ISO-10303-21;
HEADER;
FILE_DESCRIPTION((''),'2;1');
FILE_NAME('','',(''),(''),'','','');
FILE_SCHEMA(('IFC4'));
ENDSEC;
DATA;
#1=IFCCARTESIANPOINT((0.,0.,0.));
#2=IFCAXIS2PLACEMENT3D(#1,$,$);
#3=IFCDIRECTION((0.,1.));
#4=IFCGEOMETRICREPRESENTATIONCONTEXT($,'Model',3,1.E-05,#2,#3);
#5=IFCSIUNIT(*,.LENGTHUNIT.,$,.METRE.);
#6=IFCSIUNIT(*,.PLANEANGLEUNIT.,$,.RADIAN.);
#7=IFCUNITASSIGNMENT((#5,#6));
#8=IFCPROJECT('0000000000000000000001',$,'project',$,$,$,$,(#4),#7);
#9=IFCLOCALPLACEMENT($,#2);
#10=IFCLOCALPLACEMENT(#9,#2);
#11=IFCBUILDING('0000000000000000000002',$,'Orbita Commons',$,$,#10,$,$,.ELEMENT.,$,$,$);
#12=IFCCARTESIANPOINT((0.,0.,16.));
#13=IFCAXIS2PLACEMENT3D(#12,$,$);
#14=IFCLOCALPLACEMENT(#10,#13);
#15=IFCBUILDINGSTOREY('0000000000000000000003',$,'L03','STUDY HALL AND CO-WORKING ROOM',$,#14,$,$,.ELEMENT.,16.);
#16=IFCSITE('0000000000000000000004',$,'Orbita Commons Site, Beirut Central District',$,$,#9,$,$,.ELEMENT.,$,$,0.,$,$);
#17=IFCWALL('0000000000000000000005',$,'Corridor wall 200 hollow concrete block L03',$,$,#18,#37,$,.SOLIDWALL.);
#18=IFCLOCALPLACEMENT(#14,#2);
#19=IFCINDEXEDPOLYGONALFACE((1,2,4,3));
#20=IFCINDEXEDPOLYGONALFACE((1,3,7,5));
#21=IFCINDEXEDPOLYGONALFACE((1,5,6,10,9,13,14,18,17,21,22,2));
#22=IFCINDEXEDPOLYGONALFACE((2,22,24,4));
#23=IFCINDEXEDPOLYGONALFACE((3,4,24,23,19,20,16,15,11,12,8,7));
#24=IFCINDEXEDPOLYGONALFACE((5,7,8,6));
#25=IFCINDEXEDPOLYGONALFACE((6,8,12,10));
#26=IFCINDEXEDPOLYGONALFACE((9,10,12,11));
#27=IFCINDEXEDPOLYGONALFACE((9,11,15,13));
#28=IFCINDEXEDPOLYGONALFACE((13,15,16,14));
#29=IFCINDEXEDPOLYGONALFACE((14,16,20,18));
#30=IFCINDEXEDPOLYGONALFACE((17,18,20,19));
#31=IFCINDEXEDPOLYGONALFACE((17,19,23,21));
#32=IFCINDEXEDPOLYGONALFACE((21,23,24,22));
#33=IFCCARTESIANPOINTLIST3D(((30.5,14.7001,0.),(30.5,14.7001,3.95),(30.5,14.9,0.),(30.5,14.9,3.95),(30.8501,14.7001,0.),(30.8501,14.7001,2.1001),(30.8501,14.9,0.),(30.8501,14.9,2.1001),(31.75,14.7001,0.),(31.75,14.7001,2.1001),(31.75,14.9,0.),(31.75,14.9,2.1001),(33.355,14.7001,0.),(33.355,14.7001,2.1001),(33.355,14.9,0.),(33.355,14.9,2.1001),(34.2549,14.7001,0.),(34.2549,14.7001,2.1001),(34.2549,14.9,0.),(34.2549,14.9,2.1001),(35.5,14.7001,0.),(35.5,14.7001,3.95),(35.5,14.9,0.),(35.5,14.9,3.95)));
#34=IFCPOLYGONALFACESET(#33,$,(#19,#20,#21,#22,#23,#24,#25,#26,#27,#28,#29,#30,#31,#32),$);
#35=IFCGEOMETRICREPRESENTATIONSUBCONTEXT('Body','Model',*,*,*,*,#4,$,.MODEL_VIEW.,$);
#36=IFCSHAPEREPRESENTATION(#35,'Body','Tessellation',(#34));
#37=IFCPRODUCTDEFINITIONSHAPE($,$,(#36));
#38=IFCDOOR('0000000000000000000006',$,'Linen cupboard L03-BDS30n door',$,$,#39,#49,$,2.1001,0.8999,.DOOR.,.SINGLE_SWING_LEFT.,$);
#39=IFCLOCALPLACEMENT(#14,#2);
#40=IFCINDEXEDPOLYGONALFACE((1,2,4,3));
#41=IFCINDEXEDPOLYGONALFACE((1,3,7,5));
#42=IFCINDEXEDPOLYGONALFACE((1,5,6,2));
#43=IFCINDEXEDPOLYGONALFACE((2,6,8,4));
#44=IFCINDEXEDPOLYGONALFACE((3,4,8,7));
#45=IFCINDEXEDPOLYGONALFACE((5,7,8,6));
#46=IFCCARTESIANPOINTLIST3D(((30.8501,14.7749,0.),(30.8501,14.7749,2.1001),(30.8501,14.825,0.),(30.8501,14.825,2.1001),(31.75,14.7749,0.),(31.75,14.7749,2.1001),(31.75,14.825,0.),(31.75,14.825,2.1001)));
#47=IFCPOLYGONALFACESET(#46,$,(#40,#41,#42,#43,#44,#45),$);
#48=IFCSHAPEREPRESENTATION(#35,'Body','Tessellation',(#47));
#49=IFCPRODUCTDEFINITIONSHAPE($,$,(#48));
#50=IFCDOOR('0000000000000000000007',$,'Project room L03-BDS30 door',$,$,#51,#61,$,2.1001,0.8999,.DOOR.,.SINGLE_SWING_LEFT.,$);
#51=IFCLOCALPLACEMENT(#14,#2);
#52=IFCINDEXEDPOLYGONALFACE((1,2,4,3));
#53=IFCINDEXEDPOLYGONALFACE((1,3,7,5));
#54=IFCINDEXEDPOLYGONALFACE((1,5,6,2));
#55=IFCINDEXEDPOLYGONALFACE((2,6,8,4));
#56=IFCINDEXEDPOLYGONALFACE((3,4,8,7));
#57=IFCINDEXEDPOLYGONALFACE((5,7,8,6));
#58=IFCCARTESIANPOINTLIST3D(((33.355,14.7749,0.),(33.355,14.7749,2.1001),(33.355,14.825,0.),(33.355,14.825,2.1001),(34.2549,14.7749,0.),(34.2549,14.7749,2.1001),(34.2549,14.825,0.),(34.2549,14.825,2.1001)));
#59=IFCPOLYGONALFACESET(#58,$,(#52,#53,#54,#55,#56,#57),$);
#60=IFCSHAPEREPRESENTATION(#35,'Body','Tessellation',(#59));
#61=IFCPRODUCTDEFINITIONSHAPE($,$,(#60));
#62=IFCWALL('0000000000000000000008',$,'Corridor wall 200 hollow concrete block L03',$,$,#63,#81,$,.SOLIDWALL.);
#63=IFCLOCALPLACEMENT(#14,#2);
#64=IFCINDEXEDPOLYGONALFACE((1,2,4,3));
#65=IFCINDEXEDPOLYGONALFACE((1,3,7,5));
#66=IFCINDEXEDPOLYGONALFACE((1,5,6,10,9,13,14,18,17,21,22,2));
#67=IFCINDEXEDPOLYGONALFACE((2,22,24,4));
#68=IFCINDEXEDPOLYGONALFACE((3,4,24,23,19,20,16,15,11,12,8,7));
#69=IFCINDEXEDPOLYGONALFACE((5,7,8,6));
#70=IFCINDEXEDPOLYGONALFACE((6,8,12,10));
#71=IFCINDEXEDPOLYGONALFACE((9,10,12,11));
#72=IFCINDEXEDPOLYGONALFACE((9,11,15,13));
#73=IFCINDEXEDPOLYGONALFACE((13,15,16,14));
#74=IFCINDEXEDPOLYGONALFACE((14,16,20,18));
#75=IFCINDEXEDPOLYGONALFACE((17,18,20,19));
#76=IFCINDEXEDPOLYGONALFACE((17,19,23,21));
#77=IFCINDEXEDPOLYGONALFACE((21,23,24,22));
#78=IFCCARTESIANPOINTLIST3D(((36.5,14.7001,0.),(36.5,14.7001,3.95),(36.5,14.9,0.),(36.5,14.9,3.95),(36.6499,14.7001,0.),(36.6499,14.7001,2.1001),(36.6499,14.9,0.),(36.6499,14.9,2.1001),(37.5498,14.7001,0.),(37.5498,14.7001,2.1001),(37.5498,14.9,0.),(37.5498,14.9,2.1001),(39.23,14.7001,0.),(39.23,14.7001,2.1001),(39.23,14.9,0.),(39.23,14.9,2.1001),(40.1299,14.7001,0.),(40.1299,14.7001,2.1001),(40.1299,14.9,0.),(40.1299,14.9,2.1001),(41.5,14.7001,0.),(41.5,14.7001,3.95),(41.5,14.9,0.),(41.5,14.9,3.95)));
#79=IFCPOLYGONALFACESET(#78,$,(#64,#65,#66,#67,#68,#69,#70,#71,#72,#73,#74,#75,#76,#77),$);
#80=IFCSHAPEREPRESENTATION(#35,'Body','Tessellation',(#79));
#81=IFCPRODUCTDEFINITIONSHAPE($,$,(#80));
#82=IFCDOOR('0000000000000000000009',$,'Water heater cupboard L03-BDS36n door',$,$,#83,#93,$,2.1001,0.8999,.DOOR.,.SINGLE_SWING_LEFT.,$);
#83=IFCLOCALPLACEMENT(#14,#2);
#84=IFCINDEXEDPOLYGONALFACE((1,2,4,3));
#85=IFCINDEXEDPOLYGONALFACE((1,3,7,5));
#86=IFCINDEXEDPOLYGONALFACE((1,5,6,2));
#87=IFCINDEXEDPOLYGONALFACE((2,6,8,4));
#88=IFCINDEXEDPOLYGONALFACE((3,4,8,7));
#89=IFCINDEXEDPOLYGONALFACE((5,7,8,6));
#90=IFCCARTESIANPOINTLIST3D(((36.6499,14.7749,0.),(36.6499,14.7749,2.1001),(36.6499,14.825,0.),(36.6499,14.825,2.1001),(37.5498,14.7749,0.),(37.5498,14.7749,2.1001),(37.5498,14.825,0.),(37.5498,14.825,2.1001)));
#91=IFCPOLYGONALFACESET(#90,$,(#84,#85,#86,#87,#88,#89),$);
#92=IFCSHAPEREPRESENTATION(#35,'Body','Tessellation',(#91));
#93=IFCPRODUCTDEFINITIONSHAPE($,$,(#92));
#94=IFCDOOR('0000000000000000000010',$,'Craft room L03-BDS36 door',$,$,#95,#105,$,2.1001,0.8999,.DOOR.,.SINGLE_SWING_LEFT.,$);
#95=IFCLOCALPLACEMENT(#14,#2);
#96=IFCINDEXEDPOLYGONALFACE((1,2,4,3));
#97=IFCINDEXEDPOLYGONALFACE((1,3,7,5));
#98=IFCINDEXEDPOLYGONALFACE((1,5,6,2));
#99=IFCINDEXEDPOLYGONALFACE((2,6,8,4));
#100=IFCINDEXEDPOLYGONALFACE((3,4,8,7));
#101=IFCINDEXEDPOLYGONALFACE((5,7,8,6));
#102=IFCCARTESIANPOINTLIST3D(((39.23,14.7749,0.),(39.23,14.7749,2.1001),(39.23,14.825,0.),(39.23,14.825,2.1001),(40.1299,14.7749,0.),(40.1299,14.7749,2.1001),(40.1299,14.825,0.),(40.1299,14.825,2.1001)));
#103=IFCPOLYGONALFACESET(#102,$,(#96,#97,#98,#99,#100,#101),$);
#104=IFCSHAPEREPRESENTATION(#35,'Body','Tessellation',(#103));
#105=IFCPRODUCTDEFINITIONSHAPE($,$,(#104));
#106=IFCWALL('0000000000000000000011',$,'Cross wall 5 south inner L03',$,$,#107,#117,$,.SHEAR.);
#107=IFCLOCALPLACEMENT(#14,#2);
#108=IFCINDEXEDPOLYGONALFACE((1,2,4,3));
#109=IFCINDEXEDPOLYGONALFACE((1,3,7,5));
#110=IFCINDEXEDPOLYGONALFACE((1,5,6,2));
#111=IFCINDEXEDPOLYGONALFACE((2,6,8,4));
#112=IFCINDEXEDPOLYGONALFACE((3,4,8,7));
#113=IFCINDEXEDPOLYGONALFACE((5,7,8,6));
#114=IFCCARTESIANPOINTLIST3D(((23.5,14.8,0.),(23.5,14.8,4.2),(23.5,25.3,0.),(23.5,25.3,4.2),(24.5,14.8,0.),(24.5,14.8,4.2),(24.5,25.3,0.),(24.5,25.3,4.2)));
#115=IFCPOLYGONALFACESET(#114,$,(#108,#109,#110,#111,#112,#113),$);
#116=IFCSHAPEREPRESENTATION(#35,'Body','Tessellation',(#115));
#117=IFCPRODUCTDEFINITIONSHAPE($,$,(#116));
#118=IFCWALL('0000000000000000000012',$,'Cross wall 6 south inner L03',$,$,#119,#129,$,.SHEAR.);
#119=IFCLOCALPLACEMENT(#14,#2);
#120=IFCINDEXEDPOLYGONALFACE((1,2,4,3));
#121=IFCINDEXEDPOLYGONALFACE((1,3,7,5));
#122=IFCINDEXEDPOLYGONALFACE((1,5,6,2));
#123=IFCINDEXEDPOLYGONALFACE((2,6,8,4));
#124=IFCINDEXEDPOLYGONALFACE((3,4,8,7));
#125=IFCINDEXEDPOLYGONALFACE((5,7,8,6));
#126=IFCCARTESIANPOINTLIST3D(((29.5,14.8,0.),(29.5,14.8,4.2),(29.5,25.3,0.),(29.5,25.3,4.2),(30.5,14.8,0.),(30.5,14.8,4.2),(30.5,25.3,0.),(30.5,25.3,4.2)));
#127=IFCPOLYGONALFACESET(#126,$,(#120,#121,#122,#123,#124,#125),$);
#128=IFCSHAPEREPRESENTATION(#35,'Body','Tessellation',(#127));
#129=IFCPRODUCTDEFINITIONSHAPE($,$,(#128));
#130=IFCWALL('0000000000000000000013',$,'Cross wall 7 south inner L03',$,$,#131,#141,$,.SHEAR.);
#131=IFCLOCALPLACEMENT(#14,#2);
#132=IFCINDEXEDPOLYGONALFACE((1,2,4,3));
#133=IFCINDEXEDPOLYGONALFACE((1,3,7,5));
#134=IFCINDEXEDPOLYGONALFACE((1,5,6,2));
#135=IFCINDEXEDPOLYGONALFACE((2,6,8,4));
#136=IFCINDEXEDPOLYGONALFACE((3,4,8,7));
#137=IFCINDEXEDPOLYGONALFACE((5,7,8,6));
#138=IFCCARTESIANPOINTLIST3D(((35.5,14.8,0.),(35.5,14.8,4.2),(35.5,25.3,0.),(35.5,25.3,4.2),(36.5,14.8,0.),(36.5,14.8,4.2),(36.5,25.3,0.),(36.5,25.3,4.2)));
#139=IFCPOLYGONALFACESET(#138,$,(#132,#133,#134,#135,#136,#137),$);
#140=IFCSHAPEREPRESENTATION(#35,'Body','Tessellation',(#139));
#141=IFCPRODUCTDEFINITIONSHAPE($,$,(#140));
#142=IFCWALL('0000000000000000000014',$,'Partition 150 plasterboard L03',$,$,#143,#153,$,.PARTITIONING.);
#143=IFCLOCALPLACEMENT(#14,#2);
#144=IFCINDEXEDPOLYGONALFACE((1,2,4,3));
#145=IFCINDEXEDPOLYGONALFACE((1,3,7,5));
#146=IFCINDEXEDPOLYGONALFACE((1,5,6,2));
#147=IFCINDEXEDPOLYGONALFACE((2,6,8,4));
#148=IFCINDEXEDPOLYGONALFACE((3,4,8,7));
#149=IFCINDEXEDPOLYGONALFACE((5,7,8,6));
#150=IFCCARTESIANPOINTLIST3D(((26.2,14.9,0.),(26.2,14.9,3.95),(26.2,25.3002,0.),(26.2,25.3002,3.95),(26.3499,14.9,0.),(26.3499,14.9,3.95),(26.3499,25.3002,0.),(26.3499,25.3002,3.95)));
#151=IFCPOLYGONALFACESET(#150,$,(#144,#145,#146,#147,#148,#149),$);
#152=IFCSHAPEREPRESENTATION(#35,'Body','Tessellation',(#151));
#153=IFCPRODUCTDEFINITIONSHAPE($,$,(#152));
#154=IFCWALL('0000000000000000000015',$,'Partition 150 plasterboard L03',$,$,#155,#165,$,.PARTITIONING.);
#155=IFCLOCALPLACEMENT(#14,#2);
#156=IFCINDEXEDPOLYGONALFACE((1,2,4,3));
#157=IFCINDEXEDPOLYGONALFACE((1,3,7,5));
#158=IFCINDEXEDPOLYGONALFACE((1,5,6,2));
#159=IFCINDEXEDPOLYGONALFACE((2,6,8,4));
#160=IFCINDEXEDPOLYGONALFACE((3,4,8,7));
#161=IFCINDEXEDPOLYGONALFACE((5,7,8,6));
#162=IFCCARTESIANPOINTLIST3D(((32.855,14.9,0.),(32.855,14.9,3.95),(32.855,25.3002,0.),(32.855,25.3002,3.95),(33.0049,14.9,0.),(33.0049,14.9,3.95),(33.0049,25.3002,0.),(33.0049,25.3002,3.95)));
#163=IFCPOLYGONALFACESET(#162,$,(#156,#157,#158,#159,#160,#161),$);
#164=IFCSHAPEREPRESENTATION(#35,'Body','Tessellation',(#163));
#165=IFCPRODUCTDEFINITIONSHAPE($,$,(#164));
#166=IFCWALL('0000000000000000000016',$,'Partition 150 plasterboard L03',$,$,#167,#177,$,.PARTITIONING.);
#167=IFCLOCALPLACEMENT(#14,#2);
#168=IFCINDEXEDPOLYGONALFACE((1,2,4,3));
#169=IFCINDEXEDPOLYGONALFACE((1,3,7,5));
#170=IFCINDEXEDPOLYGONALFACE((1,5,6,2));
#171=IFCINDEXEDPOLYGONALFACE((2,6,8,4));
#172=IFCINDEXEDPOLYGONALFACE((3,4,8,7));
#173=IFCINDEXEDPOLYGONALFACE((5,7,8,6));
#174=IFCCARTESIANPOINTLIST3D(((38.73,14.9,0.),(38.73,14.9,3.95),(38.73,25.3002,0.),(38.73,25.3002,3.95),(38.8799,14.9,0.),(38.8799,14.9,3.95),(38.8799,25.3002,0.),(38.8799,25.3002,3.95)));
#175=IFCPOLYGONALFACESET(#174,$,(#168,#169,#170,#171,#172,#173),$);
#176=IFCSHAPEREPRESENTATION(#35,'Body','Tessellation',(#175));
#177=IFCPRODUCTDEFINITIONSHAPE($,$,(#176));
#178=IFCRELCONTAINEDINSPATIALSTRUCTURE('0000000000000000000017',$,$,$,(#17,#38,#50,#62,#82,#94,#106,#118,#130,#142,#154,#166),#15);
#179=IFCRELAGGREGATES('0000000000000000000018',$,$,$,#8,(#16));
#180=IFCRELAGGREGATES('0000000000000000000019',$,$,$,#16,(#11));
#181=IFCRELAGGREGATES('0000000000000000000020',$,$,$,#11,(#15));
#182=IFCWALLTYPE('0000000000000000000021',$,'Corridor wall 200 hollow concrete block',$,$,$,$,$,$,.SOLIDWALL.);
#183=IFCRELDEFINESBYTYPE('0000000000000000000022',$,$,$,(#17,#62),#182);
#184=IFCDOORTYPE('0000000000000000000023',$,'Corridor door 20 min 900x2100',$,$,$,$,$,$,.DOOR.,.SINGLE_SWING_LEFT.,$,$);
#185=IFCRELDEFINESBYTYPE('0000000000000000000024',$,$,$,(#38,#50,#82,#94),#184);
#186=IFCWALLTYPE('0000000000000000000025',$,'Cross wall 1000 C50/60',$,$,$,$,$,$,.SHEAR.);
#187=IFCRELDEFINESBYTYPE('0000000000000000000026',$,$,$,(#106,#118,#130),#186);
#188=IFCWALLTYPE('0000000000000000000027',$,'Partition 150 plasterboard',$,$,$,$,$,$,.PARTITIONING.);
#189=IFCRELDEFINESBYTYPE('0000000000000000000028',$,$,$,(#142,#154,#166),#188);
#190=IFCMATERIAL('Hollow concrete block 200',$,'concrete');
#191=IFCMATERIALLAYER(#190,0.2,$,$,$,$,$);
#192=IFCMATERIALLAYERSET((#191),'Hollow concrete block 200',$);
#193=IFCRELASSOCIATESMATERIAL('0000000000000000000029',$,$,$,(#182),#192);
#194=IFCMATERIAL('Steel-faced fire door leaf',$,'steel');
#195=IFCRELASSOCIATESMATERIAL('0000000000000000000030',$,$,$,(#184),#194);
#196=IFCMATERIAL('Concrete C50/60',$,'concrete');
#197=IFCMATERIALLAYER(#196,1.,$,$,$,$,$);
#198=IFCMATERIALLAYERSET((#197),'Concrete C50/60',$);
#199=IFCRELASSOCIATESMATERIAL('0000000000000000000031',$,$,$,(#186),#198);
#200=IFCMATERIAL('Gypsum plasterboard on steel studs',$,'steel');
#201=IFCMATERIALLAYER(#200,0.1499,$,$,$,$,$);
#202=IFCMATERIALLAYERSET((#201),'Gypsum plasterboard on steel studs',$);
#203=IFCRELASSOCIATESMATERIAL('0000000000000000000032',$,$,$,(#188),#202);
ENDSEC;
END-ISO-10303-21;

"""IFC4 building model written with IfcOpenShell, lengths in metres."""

from ifc_helpers import new_model, si_unit, direction, frame, frame_2d, origin, place, context, subcontext, project, spatial, rectangle, extrude, material, layer, layer_set, type_object, element, fill, save


model = new_model("IFC4")

# Units and contexts
model_context = context("Model", 3, precision=1e-05, world=origin(), true_north=direction((0.0, 1.0)))
body_context = subcontext(model_context, "Body", "Model", "MODEL_VIEW")
ifc_project = project(units=[si_unit("LENGTHUNIT", "METRE"), si_unit("PLANEANGLEUNIT", "RADIAN")], contexts=[model_context])

# Site, building, storey
site_placement = place(None, origin())
site = spatial("IfcSite", under=ifc_project, at=site_placement, Name="Orbita Commons Site, Beirut Central District", CompositionType="ELEMENT", RefElevation=0.0)
building_placement = place(site_placement, origin())
building = spatial("IfcBuilding", under=site, at=building_placement, Name="Orbita Commons", CompositionType="ELEMENT")
storey_placement = place(building_placement, frame((0.0, 0.0, 16.0)))
storey = spatial("IfcBuildingStorey", under=building, at=storey_placement, Name="L03", Description="STUDY HALL AND CO-WORKING ROOM", CompositionType="ELEMENT", Elevation=16.0)

# Walls, openings, doors
ifc_material_1 = material(Name="Hollow concrete block 200", Category="concrete")
ifc_layer_1 = layer(ifc_material_1, 0.2)
ifc_layer_set_1 = layer_set([ifc_layer_1], Name="Hollow concrete block 200")
wall_type_1 = type_object("IfcWallType", Name="Corridor wall 200 hollow concrete block", PredefinedType="SOLIDWALL", material=ifc_layer_set_1)
ifc_material_2 = material(Name="Steel-faced fire door leaf", Category="steel")
door_type_1 = type_object("IfcDoorType", Name="Corridor door 20 min 900x2100", OperationType="SINGLE_SWING_LEFT", PredefinedType="DOOR", material=ifc_material_2)
wall_1_placement = place(storey_placement, frame((30.5, 14.8, 0.0), z_axis=(0.0, 0.0, 1.0), x_axis=(1.0, 0.0, 0.0)))
wall_1 = element("IfcWall", 1, at=wall_1_placement, inside=storey, type_object=wall_type_1, Name="Corridor wall 200 hollow concrete block L03", PredefinedType="SOLIDWALL", context=body_context, shape_type="SweptSolid", body=[
    extrude(rectangle(XDim=5.0, YDim=0.2, at=frame_2d((2.5, 0.0))), origin(), (0.0, 0.0, 1.0), 3.95),
])
opening_1_placement = place(wall_1_placement, frame((0.3501, 0.0, 0.0)))
opening_1 = element("IfcOpeningElement", 2, at=opening_1_placement, cuts=wall_1, PredefinedType="OPENING", context=body_context, shape_type="SweptSolid", body=[
    extrude(rectangle(XDim=0.8999, YDim=2.1001, at=frame_2d((0.45, 1.05))), frame((0.0, 0.1099, 0.0), z_axis=(0.0, -1.0, 0.0), x_axis=(1.0, 0.0, 0.0)), (0.0, 0.0, 1.0), 0.22),
])
opening_2_placement = place(wall_1_placement, frame((2.855, 0.0, 0.0)))
opening_2 = element("IfcOpeningElement", 3, at=opening_2_placement, cuts=wall_1, PredefinedType="OPENING", context=body_context, shape_type="SweptSolid", body=[
    extrude(rectangle(XDim=0.8999, YDim=2.1001, at=frame_2d((0.45, 1.05))), frame((0.0, 0.1099, 0.0), z_axis=(0.0, -1.0, 0.0), x_axis=(1.0, 0.0, 0.0)), (0.0, 0.0, 1.0), 0.22),
])
door_1_placement = place(opening_1_placement, origin())
door_1 = element("IfcDoor", 4, at=door_1_placement, inside=storey, type_object=door_type_1, Name="Linen cupboard L03-BDS30n door", OperationType="SINGLE_SWING_LEFT", OverallHeight=2.1001, OverallWidth=0.8999, PredefinedType="DOOR", context=body_context, shape_type="SweptSolid", body=[
    extrude(rectangle(XDim=0.8999, YDim=2.1001, at=frame_2d((0.45, 1.05))), frame((0.0, 0.0249, 0.0), z_axis=(0.0, -1.0, 0.0), x_axis=(1.0, 0.0, 0.0)), (0.0, 0.0, 1.0), 0.05),
])
fill(opening_1, door_1)
door_2_placement = place(opening_2_placement, origin())
door_2 = element("IfcDoor", 5, at=door_2_placement, inside=storey, type_object=door_type_1, Name="Project room L03-BDS30 door", OperationType="SINGLE_SWING_LEFT", OverallHeight=2.1001, OverallWidth=0.8999, PredefinedType="DOOR", context=body_context, shape_type="SweptSolid", body=[
    extrude(rectangle(XDim=0.8999, YDim=2.1001, at=frame_2d((0.45, 1.05))), frame((0.0, 0.0249, 0.0), z_axis=(0.0, -1.0, 0.0), x_axis=(1.0, 0.0, 0.0)), (0.0, 0.0, 1.0), 0.05),
])
fill(opening_2, door_2)
wall_2_placement = place(storey_placement, frame((36.5, 14.8, 0.0), z_axis=(0.0, 0.0, 1.0), x_axis=(1.0, 0.0, 0.0)))
wall_2 = element("IfcWall", 6, at=wall_2_placement, inside=storey, type_object=wall_type_1, Name="Corridor wall 200 hollow concrete block L03", PredefinedType="SOLIDWALL", context=body_context, shape_type="SweptSolid", body=[
    extrude(rectangle(XDim=5.0, YDim=0.2, at=frame_2d((2.5, 0.0))), origin(), (0.0, 0.0, 1.0), 3.95),
])
opening_3_placement = place(wall_2_placement, frame((0.1499, 0.0, 0.0)))
opening_3 = element("IfcOpeningElement", 7, at=opening_3_placement, cuts=wall_2, PredefinedType="OPENING", context=body_context, shape_type="SweptSolid", body=[
    extrude(rectangle(XDim=0.8999, YDim=2.1001, at=frame_2d((0.45, 1.05))), frame((0.0, 0.1099, 0.0), z_axis=(0.0, -1.0, 0.0), x_axis=(1.0, 0.0, 0.0)), (0.0, 0.0, 1.0), 0.22),
])
opening_4_placement = place(wall_2_placement, frame((2.73, 0.0, 0.0)))
opening_4 = element("IfcOpeningElement", 8, at=opening_4_placement, cuts=wall_2, PredefinedType="OPENING", context=body_context, shape_type="SweptSolid", body=[
    extrude(rectangle(XDim=0.8999, YDim=2.1001, at=frame_2d((0.45, 1.05))), frame((0.0, 0.1099, 0.0), z_axis=(0.0, -1.0, 0.0), x_axis=(1.0, 0.0, 0.0)), (0.0, 0.0, 1.0), 0.22),
])
door_3_placement = place(opening_3_placement, origin())
door_3 = element("IfcDoor", 9, at=door_3_placement, inside=storey, type_object=door_type_1, Name="Water heater cupboard L03-BDS36n door", OperationType="SINGLE_SWING_LEFT", OverallHeight=2.1001, OverallWidth=0.8999, PredefinedType="DOOR", context=body_context, shape_type="SweptSolid", body=[
    extrude(rectangle(XDim=0.8999, YDim=2.1001, at=frame_2d((0.45, 1.05))), frame((0.0, 0.0249, 0.0), z_axis=(0.0, -1.0, 0.0), x_axis=(1.0, 0.0, 0.0)), (0.0, 0.0, 1.0), 0.05),
])
fill(opening_3, door_3)
door_4_placement = place(opening_4_placement, origin())
door_4 = element("IfcDoor", 10, at=door_4_placement, inside=storey, type_object=door_type_1, Name="Craft room L03-BDS36 door", OperationType="SINGLE_SWING_LEFT", OverallHeight=2.1001, OverallWidth=0.8999, PredefinedType="DOOR", context=body_context, shape_type="SweptSolid", body=[
    extrude(rectangle(XDim=0.8999, YDim=2.1001, at=frame_2d((0.45, 1.05))), frame((0.0, 0.0249, 0.0), z_axis=(0.0, -1.0, 0.0), x_axis=(1.0, 0.0, 0.0)), (0.0, 0.0, 1.0), 0.05),
])
fill(opening_4, door_4)

# Walls
ifc_material_3 = material(Name="Concrete C50/60", Category="concrete")
ifc_layer_2 = layer(ifc_material_3, 1.0)
ifc_layer_set_2 = layer_set([ifc_layer_2], Name="Concrete C50/60")
wall_type_2 = type_object("IfcWallType", Name="Cross wall 1000 C50/60", PredefinedType="SHEAR", material=ifc_layer_set_2)
for number, where, z_axis, x_axis, name in (
    (11, (24.0, 14.8, 0.0), (0.0, 0.0, 1.0), (0.0, 1.0, 0.0), "Cross wall 5 south inner L03"),
    (12, (30.0, 14.8, 0.0), (0.0, 0.0, 1.0), (0.0, 1.0, 0.0), "Cross wall 6 south inner L03"),
    (13, (36.0, 14.8, 0.0), (0.0, 0.0, 1.0), (0.0, 1.0, 0.0), "Cross wall 7 south inner L03"),
):
    element("IfcWall", number, at=place(storey_placement, frame(where, z_axis=z_axis, x_axis=x_axis)), inside=storey, type_object=wall_type_2, Name=name, PredefinedType="SHEAR", context=body_context, shape_type="SweptSolid", body=[
        extrude(rectangle(XDim=10.5, YDim=1.0, at=frame_2d((5.25, 0.0))), origin(), (0.0, 0.0, 1.0), 4.2),
    ])
ifc_material_4 = material(Name="Gypsum plasterboard on steel studs", Category="steel")
ifc_layer_3 = layer(ifc_material_4, 0.1499)
ifc_layer_set_3 = layer_set([ifc_layer_3], Name="Gypsum plasterboard on steel studs")
wall_type_3 = type_object("IfcWallType", Name="Partition 150 plasterboard", PredefinedType="PARTITIONING", material=ifc_layer_set_3)
for number, where, z_axis, x_axis, name in (
    (14, (26.2749, 14.8999, 0.0), (0.0, 0.0, 1.0), (0.0, 1.0, 0.0), "Partition 150 plasterboard L03"),
    (15, (32.9299, 14.8999, 0.0), (0.0, 0.0, 1.0), (0.0, 1.0, 0.0), "Partition 150 plasterboard L03"),
    (16, (38.8049, 14.8999, 0.0), (0.0, 0.0, 1.0), (0.0, 1.0, 0.0), "Partition 150 plasterboard L03"),
):
    element("IfcWall", number, at=place(storey_placement, frame(where, z_axis=z_axis, x_axis=x_axis)), inside=storey, type_object=wall_type_3, Name=name, PredefinedType="PARTITIONING", context=body_context, shape_type="SweptSolid", body=[
        extrude(rectangle(XDim=10.4001, YDim=0.1499, at=frame_2d((5.2002, 0.0))), origin(), (0.0, 0.0, 1.0), 3.95),
    ])

save(model, "model.ifc")
